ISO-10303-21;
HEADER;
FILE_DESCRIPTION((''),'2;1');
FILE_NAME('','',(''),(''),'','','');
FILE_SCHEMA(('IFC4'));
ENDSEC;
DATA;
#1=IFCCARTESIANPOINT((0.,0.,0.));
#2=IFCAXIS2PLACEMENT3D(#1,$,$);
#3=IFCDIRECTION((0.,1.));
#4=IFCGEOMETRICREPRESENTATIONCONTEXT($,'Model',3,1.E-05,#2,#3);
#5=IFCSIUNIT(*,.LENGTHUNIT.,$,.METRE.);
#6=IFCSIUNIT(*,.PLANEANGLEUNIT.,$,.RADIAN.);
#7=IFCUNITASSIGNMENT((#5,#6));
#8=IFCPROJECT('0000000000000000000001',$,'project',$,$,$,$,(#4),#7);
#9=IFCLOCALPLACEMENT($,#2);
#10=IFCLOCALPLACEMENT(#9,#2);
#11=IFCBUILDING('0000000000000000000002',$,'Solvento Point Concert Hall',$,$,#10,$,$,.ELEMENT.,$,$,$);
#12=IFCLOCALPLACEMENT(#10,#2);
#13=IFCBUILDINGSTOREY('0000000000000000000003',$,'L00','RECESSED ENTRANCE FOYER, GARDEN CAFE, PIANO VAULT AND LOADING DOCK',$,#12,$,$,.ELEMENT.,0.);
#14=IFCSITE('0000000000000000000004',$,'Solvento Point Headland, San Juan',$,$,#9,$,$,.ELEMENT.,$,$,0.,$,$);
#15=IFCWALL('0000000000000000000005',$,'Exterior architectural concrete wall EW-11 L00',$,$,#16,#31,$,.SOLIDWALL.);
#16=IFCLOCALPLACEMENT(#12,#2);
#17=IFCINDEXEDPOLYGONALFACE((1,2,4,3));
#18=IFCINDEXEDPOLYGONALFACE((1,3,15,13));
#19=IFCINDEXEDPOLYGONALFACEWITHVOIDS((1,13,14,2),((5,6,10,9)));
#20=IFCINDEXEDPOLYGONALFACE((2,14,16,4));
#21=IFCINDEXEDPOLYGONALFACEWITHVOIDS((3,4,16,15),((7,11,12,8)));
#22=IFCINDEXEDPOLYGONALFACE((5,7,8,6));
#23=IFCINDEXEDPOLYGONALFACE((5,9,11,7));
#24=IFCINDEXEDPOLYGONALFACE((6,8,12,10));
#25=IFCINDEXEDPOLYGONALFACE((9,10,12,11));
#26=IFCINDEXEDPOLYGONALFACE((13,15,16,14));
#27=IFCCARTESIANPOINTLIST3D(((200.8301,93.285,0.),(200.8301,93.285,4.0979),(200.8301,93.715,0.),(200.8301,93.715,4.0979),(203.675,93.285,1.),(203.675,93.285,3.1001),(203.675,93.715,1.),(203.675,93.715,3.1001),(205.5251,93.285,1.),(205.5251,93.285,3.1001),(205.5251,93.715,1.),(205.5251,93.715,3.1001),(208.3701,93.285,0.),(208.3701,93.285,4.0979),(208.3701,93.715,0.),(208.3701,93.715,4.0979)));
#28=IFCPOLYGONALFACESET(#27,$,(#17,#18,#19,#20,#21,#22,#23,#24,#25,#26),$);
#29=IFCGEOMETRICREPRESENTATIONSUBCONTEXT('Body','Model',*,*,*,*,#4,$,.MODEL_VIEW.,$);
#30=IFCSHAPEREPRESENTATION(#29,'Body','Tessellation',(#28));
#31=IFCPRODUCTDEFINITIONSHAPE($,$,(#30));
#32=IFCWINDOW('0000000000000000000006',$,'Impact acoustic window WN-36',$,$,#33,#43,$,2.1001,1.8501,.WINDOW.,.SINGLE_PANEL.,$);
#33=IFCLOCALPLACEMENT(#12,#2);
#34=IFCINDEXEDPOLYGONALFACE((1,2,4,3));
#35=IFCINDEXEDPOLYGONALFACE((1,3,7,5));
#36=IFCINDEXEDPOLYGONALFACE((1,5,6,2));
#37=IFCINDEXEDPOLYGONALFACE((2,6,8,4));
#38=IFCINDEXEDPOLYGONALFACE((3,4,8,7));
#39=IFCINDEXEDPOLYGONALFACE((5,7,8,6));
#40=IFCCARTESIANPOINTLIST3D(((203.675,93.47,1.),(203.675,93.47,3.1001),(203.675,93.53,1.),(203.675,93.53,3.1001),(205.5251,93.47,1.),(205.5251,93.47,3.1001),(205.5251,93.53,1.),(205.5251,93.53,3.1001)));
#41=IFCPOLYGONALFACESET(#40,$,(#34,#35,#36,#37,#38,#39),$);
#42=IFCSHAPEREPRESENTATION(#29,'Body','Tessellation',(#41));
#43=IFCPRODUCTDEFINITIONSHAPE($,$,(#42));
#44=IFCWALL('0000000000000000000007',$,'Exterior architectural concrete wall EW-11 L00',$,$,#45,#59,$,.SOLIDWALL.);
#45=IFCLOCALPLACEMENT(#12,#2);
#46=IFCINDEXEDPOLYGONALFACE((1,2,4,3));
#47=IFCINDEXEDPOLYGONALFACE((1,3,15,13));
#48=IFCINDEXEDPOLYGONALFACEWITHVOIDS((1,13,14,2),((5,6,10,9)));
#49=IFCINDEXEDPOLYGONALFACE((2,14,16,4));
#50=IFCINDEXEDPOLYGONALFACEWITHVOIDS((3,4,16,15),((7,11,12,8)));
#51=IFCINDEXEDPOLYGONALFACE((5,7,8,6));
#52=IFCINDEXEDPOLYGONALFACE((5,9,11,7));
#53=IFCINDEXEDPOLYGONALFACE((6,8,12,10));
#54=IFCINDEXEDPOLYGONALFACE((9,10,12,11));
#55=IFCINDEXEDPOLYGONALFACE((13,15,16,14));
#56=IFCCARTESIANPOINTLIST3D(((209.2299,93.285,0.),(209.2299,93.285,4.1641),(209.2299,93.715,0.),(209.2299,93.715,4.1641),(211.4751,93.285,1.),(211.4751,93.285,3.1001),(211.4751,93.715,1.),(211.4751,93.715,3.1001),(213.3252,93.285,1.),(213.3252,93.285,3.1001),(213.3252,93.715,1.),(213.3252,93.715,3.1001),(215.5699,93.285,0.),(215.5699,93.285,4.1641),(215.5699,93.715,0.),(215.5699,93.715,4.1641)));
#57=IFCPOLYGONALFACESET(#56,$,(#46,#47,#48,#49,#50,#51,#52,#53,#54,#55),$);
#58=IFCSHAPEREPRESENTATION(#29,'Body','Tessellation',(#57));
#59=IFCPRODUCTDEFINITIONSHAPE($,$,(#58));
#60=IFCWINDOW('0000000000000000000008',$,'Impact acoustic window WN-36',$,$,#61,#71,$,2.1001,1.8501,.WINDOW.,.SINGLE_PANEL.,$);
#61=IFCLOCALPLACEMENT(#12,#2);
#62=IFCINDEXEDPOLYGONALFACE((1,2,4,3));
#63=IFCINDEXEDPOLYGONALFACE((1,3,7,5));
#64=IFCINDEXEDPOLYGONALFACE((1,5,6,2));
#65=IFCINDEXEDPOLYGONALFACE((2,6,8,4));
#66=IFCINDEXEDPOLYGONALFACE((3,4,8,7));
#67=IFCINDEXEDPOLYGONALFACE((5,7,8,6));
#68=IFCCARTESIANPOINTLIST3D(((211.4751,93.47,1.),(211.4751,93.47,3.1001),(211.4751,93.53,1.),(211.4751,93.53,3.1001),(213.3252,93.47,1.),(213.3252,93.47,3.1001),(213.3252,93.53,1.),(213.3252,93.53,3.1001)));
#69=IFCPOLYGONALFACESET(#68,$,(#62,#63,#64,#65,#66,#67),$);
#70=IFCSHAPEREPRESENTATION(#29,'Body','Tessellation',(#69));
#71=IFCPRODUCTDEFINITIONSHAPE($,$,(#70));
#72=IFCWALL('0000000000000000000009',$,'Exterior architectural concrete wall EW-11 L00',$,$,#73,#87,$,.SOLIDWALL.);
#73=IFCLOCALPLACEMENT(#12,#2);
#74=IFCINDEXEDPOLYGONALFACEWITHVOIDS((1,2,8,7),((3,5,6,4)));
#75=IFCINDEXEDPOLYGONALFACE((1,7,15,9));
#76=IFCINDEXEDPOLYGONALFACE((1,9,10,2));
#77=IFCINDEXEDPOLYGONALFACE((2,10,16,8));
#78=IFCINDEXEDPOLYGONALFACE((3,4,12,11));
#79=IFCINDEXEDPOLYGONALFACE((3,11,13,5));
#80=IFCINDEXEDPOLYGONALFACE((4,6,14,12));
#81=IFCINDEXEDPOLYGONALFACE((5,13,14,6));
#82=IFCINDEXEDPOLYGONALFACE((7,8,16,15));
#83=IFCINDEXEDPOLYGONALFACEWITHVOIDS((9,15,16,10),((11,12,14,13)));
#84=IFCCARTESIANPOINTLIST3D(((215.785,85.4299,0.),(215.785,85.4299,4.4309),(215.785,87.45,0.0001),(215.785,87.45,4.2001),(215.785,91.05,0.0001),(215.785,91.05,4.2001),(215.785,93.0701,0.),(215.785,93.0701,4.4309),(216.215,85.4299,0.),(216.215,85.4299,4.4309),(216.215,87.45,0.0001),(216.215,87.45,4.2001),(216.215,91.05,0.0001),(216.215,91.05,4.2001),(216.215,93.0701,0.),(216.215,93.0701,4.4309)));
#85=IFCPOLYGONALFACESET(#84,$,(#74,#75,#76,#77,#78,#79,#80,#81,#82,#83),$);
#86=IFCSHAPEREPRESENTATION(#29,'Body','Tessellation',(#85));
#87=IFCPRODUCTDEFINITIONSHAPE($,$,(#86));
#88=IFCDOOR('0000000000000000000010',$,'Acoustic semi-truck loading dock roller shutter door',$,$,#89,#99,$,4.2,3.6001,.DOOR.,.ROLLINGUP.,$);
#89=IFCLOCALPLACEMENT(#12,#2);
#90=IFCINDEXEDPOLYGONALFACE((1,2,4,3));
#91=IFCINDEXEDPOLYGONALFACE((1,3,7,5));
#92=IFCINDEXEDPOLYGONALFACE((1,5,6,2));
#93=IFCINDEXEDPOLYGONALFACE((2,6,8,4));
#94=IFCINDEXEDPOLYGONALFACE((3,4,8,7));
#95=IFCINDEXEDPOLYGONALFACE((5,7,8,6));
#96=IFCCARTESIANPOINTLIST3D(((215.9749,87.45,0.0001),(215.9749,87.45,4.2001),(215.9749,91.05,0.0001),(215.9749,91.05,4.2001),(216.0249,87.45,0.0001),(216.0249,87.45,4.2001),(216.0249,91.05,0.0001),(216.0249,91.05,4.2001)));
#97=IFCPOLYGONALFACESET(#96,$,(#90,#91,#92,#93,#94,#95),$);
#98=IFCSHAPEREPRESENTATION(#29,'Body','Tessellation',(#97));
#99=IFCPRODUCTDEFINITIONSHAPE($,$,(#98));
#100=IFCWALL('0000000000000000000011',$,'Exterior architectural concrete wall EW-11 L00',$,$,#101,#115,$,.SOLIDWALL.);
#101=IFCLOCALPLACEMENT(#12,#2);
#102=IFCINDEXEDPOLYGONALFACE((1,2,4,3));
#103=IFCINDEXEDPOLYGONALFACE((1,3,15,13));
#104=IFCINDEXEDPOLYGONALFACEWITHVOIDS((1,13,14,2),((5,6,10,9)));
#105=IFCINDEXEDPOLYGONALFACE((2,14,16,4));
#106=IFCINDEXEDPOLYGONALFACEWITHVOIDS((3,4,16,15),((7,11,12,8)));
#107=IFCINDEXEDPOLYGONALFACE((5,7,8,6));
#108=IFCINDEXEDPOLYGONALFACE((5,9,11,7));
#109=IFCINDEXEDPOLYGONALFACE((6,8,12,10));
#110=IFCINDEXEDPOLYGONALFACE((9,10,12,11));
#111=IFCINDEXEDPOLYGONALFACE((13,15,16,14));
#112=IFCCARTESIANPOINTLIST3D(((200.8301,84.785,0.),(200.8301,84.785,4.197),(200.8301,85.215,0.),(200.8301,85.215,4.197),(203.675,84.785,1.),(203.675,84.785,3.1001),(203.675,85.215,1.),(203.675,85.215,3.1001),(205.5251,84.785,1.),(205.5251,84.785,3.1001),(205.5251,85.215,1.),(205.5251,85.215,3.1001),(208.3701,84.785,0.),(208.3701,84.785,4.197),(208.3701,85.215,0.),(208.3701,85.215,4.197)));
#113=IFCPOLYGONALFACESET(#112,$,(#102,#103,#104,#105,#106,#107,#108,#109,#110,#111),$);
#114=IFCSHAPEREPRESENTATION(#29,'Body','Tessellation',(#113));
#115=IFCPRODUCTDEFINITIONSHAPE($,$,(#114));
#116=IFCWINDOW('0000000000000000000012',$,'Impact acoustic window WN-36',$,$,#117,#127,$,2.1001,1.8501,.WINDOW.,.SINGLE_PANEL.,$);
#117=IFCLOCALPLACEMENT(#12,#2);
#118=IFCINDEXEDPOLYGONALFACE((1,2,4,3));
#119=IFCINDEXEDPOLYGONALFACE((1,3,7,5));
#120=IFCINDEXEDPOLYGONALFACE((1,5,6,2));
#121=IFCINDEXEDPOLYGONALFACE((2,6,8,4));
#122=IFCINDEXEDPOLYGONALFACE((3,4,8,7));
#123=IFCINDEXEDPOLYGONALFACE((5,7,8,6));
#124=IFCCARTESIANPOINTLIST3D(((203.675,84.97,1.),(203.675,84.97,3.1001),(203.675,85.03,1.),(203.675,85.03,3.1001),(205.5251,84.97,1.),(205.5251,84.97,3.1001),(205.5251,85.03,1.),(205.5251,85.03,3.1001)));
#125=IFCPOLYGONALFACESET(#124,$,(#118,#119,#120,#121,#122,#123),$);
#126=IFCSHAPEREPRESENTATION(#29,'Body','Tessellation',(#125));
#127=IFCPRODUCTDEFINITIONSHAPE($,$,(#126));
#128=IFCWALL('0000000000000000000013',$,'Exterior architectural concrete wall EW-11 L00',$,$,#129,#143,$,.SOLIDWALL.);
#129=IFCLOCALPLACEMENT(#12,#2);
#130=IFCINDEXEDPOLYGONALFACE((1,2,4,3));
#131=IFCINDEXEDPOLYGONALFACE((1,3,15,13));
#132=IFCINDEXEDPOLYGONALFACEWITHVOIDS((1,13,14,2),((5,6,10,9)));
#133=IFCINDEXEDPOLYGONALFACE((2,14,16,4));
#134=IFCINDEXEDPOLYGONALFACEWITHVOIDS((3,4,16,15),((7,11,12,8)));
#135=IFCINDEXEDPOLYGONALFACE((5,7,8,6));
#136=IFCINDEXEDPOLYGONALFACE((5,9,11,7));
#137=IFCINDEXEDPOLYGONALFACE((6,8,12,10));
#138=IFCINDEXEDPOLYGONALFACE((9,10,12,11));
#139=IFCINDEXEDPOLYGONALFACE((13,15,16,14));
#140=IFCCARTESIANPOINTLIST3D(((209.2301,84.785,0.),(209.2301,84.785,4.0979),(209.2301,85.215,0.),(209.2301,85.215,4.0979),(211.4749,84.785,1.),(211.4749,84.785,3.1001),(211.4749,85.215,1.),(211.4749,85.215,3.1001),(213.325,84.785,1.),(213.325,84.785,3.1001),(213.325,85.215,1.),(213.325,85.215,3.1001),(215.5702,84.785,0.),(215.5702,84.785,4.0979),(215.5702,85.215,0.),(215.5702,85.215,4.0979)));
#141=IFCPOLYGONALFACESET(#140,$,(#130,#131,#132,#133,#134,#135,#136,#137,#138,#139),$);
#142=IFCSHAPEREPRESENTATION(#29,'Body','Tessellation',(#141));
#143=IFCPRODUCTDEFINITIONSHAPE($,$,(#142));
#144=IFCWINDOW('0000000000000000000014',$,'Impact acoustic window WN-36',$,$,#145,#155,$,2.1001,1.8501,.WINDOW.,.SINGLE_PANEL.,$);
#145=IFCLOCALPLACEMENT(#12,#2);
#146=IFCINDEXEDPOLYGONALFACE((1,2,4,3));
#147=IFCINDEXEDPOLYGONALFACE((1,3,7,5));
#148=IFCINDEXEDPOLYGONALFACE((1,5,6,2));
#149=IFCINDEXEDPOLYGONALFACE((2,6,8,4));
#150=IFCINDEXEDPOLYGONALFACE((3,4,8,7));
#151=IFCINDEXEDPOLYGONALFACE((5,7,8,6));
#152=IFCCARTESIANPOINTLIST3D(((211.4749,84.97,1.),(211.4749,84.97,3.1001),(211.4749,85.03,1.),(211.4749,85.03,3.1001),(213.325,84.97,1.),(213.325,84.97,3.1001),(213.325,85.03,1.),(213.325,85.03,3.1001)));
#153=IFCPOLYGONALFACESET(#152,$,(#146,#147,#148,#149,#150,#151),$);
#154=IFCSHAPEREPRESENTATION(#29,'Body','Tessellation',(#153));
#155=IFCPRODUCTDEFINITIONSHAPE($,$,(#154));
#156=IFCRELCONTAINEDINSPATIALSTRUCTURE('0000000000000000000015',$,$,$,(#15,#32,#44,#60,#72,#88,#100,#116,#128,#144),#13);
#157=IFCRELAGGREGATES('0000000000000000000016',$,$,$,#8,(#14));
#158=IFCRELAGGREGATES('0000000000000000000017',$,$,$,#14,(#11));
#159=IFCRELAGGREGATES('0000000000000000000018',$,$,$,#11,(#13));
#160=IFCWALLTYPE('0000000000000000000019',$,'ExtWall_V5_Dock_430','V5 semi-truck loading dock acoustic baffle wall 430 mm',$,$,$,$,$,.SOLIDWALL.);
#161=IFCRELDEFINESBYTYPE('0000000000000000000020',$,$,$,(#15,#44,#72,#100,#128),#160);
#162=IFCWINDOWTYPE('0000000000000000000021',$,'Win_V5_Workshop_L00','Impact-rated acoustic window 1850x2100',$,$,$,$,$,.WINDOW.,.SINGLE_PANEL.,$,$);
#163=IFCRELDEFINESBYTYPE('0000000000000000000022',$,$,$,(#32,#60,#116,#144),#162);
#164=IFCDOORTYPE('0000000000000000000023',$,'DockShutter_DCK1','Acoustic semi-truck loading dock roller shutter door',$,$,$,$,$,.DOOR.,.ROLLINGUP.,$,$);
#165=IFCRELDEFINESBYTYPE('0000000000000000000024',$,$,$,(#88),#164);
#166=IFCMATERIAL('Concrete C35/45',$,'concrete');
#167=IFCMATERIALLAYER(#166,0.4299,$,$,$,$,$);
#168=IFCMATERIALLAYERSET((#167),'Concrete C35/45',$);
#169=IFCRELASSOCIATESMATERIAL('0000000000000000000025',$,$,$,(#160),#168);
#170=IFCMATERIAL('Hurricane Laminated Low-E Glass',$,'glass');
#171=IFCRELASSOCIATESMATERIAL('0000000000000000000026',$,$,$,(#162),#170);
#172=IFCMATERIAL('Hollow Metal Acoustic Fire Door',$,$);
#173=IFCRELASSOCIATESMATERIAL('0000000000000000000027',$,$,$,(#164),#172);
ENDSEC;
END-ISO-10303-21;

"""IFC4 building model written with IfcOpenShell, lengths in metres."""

from ifc_helpers import new_model, si_unit, direction, frame, frame_2d, origin, place, context, subcontext, project, spatial, rectangle, extrude, material, layer, layer_set, type_object, element, fill, save


model = new_model("IFC4")

# Units and contexts
model_context = context("Model", 3, precision=1e-05, world=origin(), true_north=direction((0.0, 1.0)))
body_context = subcontext(model_context, "Body", "Model", "MODEL_VIEW")
ifc_project = project(units=[si_unit("LENGTHUNIT", "METRE"), si_unit("PLANEANGLEUNIT", "RADIAN")], contexts=[model_context])

# Site, building, storey
site_placement = place(None, origin())
site = spatial("IfcSite", under=ifc_project, at=site_placement, Name="Solvento Point Headland, San Juan", CompositionType="ELEMENT", RefElevation=0.0)
building_placement = place(site_placement, origin())
building = spatial("IfcBuilding", under=site, at=building_placement, Name="Solvento Point Concert Hall", CompositionType="ELEMENT")
storey_placement = place(building_placement, origin())
storey = spatial("IfcBuildingStorey", under=building, at=storey_placement, Name="L00", Description="RECESSED ENTRANCE FOYER, GARDEN CAFE, PIANO VAULT AND LOADING DOCK", CompositionType="ELEMENT", Elevation=0.0)

# Walls, openings, windows
ifc_material_1 = material(Name="Concrete C35/45", Category="concrete")
ifc_layer_1 = layer(ifc_material_1, 0.4299)
ifc_layer_set_1 = layer_set([ifc_layer_1], Name="Concrete C35/45")
wall_type_1 = type_object("IfcWallType", Name="ExtWall_V5_Dock_430", Description="V5 semi-truck loading dock acoustic baffle wall 430 mm", PredefinedType="SOLIDWALL", material=ifc_layer_set_1)
wall_1_placement = place(storey_placement, frame((200.8301, 93.5, 0.0), z_axis=(0.0, 0.0, 1.0), x_axis=(1.0, 0.0, 0.0)))
wall_1 = element("IfcWall", 1, at=wall_1_placement, inside=storey, type_object=wall_type_1, Name="Exterior architectural concrete wall EW-11 L00", PredefinedType="SOLIDWALL", context=body_context, shape_type="SweptSolid", body=[
    extrude(rectangle(XDim=7.54, YDim=0.4299, at=frame_2d((3.77, 0.0))), origin(), (0.0, 0.0, 1.0), 4.0979),
])
opening_1_placement = place(wall_1_placement, frame((2.845, 0.0, 1.0)))
opening_1 = element("IfcOpeningElement", 2, at=opening_1_placement, cuts=wall_1, PredefinedType="OPENING", context=body_context, shape_type="SweptSolid", body=[
    extrude(rectangle(XDim=1.8501, YDim=2.1001, at=frame_2d((0.925, 1.05))), frame((0.0, 0.2249, 0.0), z_axis=(0.0, -1.0, 0.0), x_axis=(1.0, 0.0, 0.0)), (0.0, 0.0, 1.0), 0.45),
])
ifc_material_2 = material(Name="Hurricane Laminated Low-E Glass", Category="glass")
window_type = type_object("IfcWindowType", Name="Win_V5_Workshop_L00", Description="Impact-rated acoustic window 1850x2100", PartitioningType="SINGLE_PANEL", PredefinedType="WINDOW", material=ifc_material_2)
window_1_placement = place(opening_1_placement, origin())
window_1 = element("IfcWindow", 3, at=window_1_placement, inside=storey, type_object=window_type, Name="Impact acoustic window WN-36", OverallHeight=2.1001, OverallWidth=1.8501, PartitioningType="SINGLE_PANEL", PredefinedType="WINDOW", context=body_context, shape_type="SweptSolid", body=[
    extrude(rectangle(XDim=1.8501, YDim=2.1001, at=frame_2d((0.925, 1.05))), frame((0.0, 0.03, 0.0), z_axis=(0.0, -1.0, 0.0), x_axis=(1.0, 0.0, 0.0)), (0.0, 0.0, 1.0), 0.0601),
])
fill(opening_1, window_1)
wall_2_placement = place(storey_placement, frame((209.23, 93.5, 0.0), z_axis=(0.0, 0.0, 1.0), x_axis=(1.0, 0.0, 0.0)))
wall_2 = element("IfcWall", 4, at=wall_2_placement, inside=storey, type_object=wall_type_1, Name="Exterior architectural concrete wall EW-11 L00", PredefinedType="SOLIDWALL", context=body_context, shape_type="SweptSolid", body=[
    extrude(rectangle(XDim=6.3401, YDim=0.4299, at=frame_2d((3.1699, 0.0))), origin(), (0.0, 0.0, 1.0), 4.1641),
])
opening_2_placement = place(wall_2_placement, frame((2.2451, 0.0, 1.0)))
opening_2 = element("IfcOpeningElement", 5, at=opening_2_placement, cuts=wall_2, PredefinedType="OPENING", context=body_context, shape_type="SweptSolid", body=[
    extrude(rectangle(XDim=1.8501, YDim=2.1001, at=frame_2d((0.925, 1.05))), frame((0.0, 0.2249, 0.0), z_axis=(0.0, -1.0, 0.0), x_axis=(1.0, 0.0, 0.0)), (0.0, 0.0, 1.0), 0.45),
])
window_2_placement = place(opening_2_placement, origin())
window_2 = element("IfcWindow", 6, at=window_2_placement, inside=storey, type_object=window_type, Name="Impact acoustic window WN-36", OverallHeight=2.1001, OverallWidth=1.8501, PartitioningType="SINGLE_PANEL", PredefinedType="WINDOW", context=body_context, shape_type="SweptSolid", body=[
    extrude(rectangle(XDim=1.8501, YDim=2.1001, at=frame_2d((0.925, 1.05))), frame((0.0, 0.03, 0.0), z_axis=(0.0, -1.0, 0.0), x_axis=(1.0, 0.0, 0.0)), (0.0, 0.0, 1.0), 0.0601),
])
fill(opening_2, window_2)

# Wall, opening, door
wall_3_placement = place(storey_placement, frame((216.0, 93.0701, 0.0), z_axis=(0.0, 0.0, 1.0), x_axis=(0.0, -1.0, 0.0)))
wall_3 = element("IfcWall", 7, at=wall_3_placement, inside=storey, type_object=wall_type_1, Name="Exterior architectural concrete wall EW-11 L00", PredefinedType="SOLIDWALL", context=body_context, shape_type="SweptSolid", body=[
    extrude(rectangle(XDim=7.6401, YDim=0.4299, at=frame_2d((3.8201, 0.0))), origin(), (0.0, 0.0, 1.0), 4.4309),
])
opening_3_placement = place(wall_3_placement, frame((2.02, 0.0, 0.0)))
opening_3 = element("IfcOpeningElement", 8, at=opening_3_placement, cuts=wall_3, PredefinedType="OPENING", context=body_context, shape_type="SweptSolid", body=[
    extrude(rectangle(XDim=3.6001, YDim=4.2, at=frame_2d((1.8, 2.1001))), frame((0.0, 0.2249, 0.0), z_axis=(0.0, -1.0, 0.0), x_axis=(1.0, 0.0, 0.0)), (0.0, 0.0, 1.0), 0.45),
])
ifc_material_3 = material(Name="Hollow Metal Acoustic Fire Door")
door_type_1 = type_object("IfcDoorType", Name="DockShutter_DCK1", Description="Acoustic semi-truck loading dock roller shutter door", OperationType="ROLLINGUP", PredefinedType="DOOR", material=ifc_material_3)
door_1_placement = place(opening_3_placement, origin())
door_1 = element("IfcDoor", 9, at=door_1_placement, inside=storey, type_object=door_type_1, Name="Acoustic semi-truck loading dock roller shutter door", OperationType="ROLLINGUP", OverallHeight=4.2, OverallWidth=3.6001, PredefinedType="DOOR", context=body_context, shape_type="SweptSolid", body=[
    extrude(rectangle(XDim=3.6001, YDim=4.2, at=frame_2d((1.8, 2.1001))), frame((0.0, 0.0249, 0.0), z_axis=(0.0, -1.0, 0.0), x_axis=(1.0, 0.0, 0.0)), (0.0, 0.0, 1.0), 0.05),
])
fill(opening_3, door_1)

# Walls, openings, windows
wall_4_placement = place(storey_placement, frame((208.3701, 85.0, 0.0), z_axis=(0.0, 0.0, 1.0), x_axis=(-1.0, 0.0, 0.0)))
wall_4 = element("IfcWall", 10, at=wall_4_placement, inside=storey, type_object=wall_type_1, Name="Exterior architectural concrete wall EW-11 L00", PredefinedType="SOLIDWALL", context=body_context, shape_type="SweptSolid", body=[
    extrude(rectangle(XDim=7.54, YDim=0.4299, at=frame_2d((3.77, 0.0))), origin(), (0.0, 0.0, 1.0), 4.197),
])
opening_4_placement = place(wall_4_placement, frame((2.845, 0.0, 1.0)))
opening_4 = element("IfcOpeningElement", 11, at=opening_4_placement, cuts=wall_4, PredefinedType="OPENING", context=body_context, shape_type="SweptSolid", body=[
    extrude(rectangle(XDim=1.8501, YDim=2.1001, at=frame_2d((0.925, 1.05))), frame((0.0, 0.2249, 0.0), z_axis=(0.0, -1.0, 0.0), x_axis=(1.0, 0.0, 0.0)), (0.0, 0.0, 1.0), 0.45),
])
window_3_placement = place(opening_4_placement, origin())
window_3 = element("IfcWindow", 12, at=window_3_placement, inside=storey, type_object=window_type, Name="Impact acoustic window WN-36", OverallHeight=2.1001, OverallWidth=1.8501, PartitioningType="SINGLE_PANEL", PredefinedType="WINDOW", context=body_context, shape_type="SweptSolid", body=[
    extrude(rectangle(XDim=1.8501, YDim=2.1001, at=frame_2d((0.925, 1.05))), frame((0.0, 0.03, 0.0), z_axis=(0.0, -1.0, 0.0), x_axis=(1.0, 0.0, 0.0)), (0.0, 0.0, 1.0), 0.0601),
])
fill(opening_4, window_3)
wall_5_placement = place(storey_placement, frame((215.5701, 85.0, 0.0), z_axis=(0.0, 0.0, 1.0), x_axis=(-1.0, 0.0, 0.0)))
wall_5 = element("IfcWall", 13, at=wall_5_placement, inside=storey, type_object=wall_type_1, Name="Exterior architectural concrete wall EW-11 L00", PredefinedType="SOLIDWALL", context=body_context, shape_type="SweptSolid", body=[
    extrude(rectangle(XDim=6.3401, YDim=0.4299, at=frame_2d((3.1699, 0.0))), origin(), (0.0, 0.0, 1.0), 4.0979),
])
opening_5_placement = place(wall_5_placement, frame((2.2451, 0.0, 1.0)))
opening_5 = element("IfcOpeningElement", 14, at=opening_5_placement, cuts=wall_5, PredefinedType="OPENING", context=body_context, shape_type="SweptSolid", body=[
    extrude(rectangle(XDim=1.8501, YDim=2.1001, at=frame_2d((0.925, 1.05))), frame((0.0, 0.2249, 0.0), z_axis=(0.0, -1.0, 0.0), x_axis=(1.0, 0.0, 0.0)), (0.0, 0.0, 1.0), 0.45),
])
window_4_placement = place(opening_5_placement, origin())
window_4 = element("IfcWindow", 15, at=window_4_placement, inside=storey, type_object=window_type, Name="Impact acoustic window WN-36", OverallHeight=2.1001, OverallWidth=1.8501, PartitioningType="SINGLE_PANEL", PredefinedType="WINDOW", context=body_context, shape_type="SweptSolid", body=[
    extrude(rectangle(XDim=1.8501, YDim=2.1001, at=frame_2d((0.925, 1.05))), frame((0.0, 0.03, 0.0), z_axis=(0.0, -1.0, 0.0), x_axis=(1.0, 0.0, 0.0)), (0.0, 0.0, 1.0), 0.0601),
])
fill(opening_5, window_4)

save(model, "model.ifc")
